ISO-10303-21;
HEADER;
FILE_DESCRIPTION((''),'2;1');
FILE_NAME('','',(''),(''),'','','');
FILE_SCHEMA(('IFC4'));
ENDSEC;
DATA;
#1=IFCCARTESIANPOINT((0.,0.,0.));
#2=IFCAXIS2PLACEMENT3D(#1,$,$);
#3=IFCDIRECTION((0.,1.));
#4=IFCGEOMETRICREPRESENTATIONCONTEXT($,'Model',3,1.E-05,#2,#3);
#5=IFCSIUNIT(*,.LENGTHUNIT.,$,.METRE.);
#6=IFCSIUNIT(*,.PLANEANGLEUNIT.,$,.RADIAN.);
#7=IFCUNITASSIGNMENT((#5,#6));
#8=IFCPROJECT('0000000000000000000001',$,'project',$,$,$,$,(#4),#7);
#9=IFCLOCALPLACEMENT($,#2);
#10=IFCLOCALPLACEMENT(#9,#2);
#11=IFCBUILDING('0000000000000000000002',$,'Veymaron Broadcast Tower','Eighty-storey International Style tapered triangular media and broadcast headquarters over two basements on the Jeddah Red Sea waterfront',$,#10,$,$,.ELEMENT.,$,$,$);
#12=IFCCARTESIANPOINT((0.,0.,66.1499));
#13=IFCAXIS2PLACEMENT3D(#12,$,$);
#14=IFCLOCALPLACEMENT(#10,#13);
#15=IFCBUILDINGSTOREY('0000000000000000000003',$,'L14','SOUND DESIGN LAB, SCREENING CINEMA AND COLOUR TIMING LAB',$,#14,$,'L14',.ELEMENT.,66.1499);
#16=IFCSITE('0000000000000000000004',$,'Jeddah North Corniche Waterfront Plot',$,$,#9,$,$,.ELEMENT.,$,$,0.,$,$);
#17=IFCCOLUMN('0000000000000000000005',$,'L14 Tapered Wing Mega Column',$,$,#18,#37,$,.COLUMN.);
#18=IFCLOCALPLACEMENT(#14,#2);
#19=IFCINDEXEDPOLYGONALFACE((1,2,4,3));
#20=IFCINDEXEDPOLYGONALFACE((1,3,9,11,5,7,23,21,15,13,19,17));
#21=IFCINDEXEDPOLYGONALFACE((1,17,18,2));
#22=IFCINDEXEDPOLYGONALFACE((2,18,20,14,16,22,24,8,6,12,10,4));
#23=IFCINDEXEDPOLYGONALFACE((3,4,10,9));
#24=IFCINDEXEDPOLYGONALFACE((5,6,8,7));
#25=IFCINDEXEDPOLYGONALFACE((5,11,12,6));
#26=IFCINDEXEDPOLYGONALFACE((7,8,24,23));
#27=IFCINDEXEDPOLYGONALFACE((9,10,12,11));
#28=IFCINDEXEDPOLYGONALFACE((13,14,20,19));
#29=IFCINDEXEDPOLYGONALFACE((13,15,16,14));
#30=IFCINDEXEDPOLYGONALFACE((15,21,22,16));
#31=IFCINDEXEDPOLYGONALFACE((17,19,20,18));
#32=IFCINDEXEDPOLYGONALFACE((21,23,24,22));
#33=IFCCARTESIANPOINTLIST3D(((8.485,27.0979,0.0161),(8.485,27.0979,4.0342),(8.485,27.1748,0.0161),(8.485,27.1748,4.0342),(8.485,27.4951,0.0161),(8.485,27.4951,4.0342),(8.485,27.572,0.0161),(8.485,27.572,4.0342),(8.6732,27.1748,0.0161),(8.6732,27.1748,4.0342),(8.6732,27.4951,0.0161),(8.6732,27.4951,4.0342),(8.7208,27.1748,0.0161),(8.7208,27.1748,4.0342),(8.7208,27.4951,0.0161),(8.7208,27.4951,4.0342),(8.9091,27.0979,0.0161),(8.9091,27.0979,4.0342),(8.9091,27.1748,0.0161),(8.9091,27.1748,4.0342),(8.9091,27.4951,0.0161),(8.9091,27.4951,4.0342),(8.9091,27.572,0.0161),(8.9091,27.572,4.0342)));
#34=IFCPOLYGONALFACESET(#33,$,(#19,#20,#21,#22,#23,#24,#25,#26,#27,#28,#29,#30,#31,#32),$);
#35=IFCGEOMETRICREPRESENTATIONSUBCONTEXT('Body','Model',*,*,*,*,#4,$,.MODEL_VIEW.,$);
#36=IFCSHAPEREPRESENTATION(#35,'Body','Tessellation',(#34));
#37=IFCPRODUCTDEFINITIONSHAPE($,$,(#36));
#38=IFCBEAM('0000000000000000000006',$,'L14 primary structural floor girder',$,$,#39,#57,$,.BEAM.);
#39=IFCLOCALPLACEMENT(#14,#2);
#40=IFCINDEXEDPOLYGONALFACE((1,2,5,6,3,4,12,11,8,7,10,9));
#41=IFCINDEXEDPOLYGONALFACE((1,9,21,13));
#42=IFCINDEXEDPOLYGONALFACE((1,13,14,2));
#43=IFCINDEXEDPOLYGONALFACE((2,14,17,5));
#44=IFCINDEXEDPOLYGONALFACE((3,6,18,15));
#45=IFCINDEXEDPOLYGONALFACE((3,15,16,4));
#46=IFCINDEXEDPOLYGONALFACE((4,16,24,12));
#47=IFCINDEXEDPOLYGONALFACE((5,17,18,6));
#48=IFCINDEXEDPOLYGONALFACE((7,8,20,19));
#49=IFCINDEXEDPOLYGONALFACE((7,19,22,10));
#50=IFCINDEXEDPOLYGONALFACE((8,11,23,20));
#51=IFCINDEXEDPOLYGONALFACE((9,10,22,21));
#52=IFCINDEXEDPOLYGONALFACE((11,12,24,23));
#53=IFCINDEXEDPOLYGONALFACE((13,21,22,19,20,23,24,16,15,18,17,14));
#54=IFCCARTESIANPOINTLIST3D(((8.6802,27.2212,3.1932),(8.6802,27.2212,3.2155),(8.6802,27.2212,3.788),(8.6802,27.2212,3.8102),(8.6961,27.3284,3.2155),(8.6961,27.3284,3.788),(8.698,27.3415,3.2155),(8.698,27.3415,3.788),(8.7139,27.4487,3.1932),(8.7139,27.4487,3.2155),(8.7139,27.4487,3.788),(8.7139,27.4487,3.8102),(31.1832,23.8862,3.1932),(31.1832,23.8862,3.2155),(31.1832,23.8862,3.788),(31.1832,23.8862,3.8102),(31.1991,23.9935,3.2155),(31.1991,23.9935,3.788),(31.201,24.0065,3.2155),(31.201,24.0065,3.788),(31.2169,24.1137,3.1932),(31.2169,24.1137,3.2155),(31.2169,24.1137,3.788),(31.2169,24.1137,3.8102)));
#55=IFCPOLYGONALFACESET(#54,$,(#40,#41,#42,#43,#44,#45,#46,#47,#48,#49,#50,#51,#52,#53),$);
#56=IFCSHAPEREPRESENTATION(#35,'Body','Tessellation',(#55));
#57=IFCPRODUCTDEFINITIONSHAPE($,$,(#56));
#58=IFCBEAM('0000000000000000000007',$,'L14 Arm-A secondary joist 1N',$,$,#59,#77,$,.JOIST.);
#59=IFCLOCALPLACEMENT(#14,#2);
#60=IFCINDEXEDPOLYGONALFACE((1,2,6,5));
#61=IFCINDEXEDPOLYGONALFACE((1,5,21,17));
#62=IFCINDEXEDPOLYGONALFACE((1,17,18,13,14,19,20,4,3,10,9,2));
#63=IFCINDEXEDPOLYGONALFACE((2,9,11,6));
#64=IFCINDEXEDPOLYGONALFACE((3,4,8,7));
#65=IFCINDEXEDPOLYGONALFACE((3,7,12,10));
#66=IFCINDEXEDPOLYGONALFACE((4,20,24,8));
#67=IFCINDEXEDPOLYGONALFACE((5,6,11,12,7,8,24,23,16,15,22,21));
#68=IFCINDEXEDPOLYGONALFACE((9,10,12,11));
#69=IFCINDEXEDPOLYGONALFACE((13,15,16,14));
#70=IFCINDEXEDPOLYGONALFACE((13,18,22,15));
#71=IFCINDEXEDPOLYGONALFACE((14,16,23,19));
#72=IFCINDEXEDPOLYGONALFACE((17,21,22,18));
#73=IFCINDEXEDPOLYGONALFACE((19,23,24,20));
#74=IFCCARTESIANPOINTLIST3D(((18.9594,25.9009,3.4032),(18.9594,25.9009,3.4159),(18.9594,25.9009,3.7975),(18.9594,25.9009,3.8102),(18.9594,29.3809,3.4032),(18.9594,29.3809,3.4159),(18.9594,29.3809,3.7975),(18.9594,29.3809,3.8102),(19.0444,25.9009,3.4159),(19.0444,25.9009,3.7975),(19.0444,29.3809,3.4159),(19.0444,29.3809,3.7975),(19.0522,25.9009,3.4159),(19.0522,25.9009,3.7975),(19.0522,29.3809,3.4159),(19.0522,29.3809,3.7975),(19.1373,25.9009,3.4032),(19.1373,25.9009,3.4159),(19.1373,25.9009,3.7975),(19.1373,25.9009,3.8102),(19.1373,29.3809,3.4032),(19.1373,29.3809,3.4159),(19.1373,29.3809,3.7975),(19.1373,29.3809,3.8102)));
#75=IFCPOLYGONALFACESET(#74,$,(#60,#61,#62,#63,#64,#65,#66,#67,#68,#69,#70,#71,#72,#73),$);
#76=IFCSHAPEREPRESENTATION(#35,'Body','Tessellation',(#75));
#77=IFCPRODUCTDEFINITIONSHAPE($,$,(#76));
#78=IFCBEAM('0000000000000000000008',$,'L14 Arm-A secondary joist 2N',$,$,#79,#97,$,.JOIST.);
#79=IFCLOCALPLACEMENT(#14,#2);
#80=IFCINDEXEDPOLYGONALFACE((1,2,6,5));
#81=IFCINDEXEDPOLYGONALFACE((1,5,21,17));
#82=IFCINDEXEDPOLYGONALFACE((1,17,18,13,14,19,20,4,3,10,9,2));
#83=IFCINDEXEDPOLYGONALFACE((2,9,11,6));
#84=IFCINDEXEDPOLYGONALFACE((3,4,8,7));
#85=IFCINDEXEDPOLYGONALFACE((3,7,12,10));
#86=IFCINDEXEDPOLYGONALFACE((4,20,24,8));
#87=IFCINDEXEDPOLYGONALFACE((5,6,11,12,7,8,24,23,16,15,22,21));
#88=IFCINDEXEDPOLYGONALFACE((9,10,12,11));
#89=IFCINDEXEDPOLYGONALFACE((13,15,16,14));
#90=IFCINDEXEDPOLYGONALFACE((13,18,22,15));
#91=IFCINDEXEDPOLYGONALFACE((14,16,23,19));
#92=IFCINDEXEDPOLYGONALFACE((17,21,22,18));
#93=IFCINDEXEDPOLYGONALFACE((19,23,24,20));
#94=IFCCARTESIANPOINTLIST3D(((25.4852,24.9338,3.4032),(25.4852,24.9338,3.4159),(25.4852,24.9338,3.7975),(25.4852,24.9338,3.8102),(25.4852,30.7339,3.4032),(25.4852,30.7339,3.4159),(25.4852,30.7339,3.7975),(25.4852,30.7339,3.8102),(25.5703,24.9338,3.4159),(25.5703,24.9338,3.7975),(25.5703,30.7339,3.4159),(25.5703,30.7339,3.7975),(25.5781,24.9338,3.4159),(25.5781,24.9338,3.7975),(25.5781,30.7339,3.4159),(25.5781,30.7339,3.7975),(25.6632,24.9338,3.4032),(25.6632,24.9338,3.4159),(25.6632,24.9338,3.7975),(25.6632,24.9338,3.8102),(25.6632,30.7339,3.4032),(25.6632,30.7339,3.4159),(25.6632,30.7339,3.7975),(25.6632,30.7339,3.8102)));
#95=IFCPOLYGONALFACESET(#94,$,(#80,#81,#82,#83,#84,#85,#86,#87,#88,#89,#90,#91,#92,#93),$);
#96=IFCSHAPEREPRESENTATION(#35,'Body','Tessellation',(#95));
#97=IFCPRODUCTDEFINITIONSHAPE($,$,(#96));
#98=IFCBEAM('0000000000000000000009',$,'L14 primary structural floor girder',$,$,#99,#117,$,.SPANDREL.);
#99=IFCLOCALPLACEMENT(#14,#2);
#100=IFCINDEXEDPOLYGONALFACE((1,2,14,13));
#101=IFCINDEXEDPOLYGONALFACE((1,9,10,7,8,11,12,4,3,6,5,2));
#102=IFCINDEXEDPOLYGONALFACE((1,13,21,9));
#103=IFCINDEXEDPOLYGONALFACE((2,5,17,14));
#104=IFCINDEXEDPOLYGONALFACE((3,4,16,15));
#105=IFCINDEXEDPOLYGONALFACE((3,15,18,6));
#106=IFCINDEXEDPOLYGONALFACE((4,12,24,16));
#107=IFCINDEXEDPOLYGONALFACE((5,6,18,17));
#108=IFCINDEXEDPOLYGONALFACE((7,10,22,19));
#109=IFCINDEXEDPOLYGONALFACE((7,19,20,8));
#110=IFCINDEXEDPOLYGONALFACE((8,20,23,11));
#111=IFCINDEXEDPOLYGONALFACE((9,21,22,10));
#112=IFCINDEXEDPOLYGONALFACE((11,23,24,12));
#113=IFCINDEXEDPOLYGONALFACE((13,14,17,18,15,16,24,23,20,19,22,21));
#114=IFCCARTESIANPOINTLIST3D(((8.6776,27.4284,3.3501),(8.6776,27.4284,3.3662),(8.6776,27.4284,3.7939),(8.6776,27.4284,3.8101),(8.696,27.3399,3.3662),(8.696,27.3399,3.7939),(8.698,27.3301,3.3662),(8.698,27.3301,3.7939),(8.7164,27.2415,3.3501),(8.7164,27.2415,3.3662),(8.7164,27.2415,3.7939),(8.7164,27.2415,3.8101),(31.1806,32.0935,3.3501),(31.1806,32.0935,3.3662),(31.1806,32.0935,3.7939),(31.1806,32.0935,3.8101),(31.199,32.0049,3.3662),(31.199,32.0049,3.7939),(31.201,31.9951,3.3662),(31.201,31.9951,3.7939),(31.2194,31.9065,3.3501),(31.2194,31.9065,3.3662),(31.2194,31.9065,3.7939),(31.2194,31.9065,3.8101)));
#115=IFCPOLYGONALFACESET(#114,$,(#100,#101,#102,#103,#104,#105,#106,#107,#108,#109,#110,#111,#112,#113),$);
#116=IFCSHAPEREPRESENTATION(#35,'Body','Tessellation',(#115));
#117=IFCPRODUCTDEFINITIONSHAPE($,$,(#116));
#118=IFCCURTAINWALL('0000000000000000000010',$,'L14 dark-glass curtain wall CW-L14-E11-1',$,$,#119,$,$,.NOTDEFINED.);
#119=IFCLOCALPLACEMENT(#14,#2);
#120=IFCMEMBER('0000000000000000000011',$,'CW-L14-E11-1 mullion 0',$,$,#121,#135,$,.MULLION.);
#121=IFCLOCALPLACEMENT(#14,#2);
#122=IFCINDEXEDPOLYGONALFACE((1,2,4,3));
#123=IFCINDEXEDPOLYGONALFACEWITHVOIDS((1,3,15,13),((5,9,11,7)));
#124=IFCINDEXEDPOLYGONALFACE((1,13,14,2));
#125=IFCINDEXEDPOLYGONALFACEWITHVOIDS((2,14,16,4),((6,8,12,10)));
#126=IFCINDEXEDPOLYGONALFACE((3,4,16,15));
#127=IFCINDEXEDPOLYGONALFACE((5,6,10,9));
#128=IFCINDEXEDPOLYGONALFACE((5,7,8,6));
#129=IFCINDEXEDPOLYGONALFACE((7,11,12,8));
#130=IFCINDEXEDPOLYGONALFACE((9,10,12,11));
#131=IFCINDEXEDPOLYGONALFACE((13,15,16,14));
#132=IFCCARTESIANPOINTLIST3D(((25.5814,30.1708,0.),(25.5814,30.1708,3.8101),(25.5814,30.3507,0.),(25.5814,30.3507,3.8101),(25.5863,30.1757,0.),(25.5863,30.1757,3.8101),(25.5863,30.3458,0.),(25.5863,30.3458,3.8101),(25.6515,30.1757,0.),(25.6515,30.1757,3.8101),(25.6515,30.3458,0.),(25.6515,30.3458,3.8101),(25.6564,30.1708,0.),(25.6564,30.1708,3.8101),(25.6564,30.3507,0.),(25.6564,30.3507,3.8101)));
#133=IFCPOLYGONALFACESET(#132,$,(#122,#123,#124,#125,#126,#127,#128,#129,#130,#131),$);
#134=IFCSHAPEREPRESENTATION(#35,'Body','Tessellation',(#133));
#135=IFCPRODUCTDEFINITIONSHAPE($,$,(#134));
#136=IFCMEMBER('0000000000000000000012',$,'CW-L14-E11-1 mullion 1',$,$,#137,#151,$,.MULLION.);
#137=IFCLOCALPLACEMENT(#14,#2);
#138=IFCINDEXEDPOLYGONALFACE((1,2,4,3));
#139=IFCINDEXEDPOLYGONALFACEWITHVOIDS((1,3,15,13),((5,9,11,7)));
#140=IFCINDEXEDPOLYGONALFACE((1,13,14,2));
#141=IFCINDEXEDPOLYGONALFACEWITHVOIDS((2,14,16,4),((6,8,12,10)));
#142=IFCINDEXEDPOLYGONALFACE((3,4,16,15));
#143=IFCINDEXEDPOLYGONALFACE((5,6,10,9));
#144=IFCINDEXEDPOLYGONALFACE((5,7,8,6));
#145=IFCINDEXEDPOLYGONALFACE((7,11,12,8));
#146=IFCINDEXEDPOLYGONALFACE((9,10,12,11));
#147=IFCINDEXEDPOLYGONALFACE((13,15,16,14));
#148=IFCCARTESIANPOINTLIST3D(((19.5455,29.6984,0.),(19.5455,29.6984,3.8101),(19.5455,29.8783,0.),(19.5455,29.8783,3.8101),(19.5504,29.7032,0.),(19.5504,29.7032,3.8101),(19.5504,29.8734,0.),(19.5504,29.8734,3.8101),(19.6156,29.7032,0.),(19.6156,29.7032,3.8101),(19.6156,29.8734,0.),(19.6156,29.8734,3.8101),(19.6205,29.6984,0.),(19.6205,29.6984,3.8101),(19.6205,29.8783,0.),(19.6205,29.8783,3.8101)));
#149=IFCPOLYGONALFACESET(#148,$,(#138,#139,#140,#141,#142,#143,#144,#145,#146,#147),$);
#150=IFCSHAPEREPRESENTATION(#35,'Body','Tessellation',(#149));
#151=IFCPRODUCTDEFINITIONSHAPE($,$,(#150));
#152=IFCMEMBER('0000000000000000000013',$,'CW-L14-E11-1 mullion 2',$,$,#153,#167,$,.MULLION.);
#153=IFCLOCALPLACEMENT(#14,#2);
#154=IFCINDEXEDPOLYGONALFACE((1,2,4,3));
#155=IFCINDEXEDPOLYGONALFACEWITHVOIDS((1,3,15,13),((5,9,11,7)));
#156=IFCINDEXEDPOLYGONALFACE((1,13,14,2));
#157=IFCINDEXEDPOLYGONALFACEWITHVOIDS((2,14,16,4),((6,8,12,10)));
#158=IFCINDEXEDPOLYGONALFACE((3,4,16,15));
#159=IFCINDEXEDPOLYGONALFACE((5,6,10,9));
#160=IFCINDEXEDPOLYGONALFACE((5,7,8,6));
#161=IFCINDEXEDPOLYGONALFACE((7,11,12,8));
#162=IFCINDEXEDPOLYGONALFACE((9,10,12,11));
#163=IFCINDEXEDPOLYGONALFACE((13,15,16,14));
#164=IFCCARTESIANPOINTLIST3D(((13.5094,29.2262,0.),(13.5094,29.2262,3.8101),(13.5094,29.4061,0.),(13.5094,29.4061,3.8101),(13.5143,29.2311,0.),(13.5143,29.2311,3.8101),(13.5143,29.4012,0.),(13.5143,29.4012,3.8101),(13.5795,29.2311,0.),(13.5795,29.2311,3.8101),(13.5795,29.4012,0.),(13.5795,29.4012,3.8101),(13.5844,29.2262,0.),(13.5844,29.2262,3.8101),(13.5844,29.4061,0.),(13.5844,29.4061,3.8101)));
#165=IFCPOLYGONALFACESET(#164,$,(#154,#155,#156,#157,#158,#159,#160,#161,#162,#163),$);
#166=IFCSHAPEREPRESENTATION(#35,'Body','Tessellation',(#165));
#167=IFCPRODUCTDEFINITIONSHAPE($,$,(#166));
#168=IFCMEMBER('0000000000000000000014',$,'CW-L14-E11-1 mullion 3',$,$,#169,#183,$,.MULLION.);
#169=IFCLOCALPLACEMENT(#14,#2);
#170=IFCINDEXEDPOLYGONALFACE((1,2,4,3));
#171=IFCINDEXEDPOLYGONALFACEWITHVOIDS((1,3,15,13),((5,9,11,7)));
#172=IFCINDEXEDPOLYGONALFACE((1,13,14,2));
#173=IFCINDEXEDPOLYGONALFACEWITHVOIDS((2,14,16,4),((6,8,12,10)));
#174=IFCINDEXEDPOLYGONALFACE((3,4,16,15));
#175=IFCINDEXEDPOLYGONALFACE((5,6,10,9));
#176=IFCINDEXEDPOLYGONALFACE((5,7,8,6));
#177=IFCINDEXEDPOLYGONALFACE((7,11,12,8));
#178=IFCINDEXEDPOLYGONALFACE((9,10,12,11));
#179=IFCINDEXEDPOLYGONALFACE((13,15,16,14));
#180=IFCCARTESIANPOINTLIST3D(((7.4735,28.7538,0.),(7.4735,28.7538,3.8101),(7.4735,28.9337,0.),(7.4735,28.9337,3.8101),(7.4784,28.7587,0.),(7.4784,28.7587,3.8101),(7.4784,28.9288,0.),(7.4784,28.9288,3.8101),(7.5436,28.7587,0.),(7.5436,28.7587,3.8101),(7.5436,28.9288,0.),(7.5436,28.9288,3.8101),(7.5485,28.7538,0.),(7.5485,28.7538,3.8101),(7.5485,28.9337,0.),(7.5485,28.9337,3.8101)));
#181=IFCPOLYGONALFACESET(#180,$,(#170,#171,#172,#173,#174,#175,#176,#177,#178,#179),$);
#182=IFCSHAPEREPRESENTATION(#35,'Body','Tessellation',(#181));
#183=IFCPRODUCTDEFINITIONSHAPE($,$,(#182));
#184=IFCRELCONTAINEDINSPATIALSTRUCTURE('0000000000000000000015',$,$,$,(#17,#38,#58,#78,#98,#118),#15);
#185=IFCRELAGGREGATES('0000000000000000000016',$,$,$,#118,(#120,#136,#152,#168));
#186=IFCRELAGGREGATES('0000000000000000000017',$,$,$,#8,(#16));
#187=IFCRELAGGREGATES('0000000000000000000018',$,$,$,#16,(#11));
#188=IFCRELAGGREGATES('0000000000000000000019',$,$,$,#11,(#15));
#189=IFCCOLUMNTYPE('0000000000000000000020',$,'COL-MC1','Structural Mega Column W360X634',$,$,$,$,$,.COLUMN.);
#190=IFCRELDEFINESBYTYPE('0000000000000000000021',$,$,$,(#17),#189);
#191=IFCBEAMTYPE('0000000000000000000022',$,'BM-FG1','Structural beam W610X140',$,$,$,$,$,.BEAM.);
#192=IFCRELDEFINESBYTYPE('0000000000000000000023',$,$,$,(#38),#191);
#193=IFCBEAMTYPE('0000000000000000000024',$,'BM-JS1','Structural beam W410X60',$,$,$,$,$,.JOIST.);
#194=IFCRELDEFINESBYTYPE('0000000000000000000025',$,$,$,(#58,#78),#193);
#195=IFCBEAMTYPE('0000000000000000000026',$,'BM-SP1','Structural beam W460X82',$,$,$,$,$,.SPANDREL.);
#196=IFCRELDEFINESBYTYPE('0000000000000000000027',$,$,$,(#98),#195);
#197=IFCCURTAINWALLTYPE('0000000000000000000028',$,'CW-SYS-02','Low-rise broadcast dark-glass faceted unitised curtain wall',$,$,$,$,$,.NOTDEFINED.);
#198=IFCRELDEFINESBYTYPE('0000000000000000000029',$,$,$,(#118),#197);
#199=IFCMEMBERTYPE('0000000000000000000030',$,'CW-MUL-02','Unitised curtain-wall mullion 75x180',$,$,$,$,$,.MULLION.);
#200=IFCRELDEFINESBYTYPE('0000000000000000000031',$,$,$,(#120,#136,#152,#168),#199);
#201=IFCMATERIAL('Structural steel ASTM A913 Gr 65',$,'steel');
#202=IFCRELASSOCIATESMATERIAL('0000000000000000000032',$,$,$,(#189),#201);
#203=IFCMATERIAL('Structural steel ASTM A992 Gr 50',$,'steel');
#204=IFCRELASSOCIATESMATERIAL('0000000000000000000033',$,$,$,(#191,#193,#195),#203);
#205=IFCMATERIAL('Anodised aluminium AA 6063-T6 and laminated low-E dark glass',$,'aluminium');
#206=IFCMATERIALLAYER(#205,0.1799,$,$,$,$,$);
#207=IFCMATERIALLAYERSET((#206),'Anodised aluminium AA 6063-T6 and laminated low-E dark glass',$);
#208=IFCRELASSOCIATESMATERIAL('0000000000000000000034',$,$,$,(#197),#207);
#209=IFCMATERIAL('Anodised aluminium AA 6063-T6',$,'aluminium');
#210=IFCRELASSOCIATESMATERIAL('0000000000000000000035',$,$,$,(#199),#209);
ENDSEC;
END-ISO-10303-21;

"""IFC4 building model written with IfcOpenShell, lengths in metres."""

from ifc_helpers import new_model, si_unit, direction, frame, origin, origin_2d, place, context, subcontext, project, spatial, hollow_rectangle, i_section, extrude, material, layer, layer_set, material_profile, profile_set, type_object, element, aggregate, save


model = new_model("IFC4")

# Units and contexts
model_context = context("Model", 3, precision=1e-05, world=origin(), true_north=direction((0.0, 1.0)))
body_context = subcontext(model_context, "Body", "Model", "MODEL_VIEW")
ifc_project = project(units=[si_unit("LENGTHUNIT", "METRE"), si_unit("PLANEANGLEUNIT", "RADIAN")], contexts=[model_context])

# Site, building, storey
site_placement = place(None, origin())
site = spatial("IfcSite", under=ifc_project, at=site_placement, Name="Jeddah North Corniche Waterfront Plot", CompositionType="ELEMENT", RefElevation=0.0)
building_placement = place(site_placement, origin())
building = spatial("IfcBuilding", under=site, at=building_placement, Name="Veymaron Broadcast Tower", Description="Eighty-storey International Style tapered triangular media and broadcast headquarters over two basements on the Jeddah Red Sea waterfront", CompositionType="ELEMENT")
storey_placement = place(building_placement, frame((0.0, 0.0, 66.1499)))
storey = spatial("IfcBuildingStorey", under=building, at=storey_placement, Name="L14", Description="SOUND DESIGN LAB, SCREENING CINEMA AND COLOUR TIMING LAB", LongName="L14", CompositionType="ELEMENT", Elevation=66.1499)

# Column
ifc_material_1 = material(Name="Structural steel ASTM A913 Gr 65", Category="steel")
ifc_material_profile_1 = material_profile(ifc_material_1, i_section(OverallWidth=0.4241, OverallDepth=0.4741, WebThickness=0.0476, FlangeThickness=0.0769, at=origin_2d()), Name="W360X634")
ifc_profile_set_1 = profile_set([ifc_material_profile_1], Name="Structural steel ASTM A913 Gr 65")
column_type = type_object("IfcColumnType", Name="COL-MC1", Description="Structural Mega Column W360X634", PredefinedType="COLUMN", material=ifc_profile_set_1)
column_placement = place(storey_placement, frame((8.697, 27.335, 0.0161), z_axis=(0.0, 0.0, 1.0), x_axis=(1.0, 0.0, 0.0)))
element("IfcColumn", 1, at=column_placement, inside=storey, type_object=column_type, Name="L14 Tapered Wing Mega Column", PredefinedType="COLUMN", context=body_context, shape_type="SweptSolid", body=[
    extrude(i_section(OverallWidth=0.4241, OverallDepth=0.4741, WebThickness=0.0476, FlangeThickness=0.0769, at=origin_2d()), origin(), (0.0, 0.0, 1.0), 4.0181),
])

# Beams
ifc_material_2 = material(Name="Structural steel ASTM A992 Gr 50", Category="steel")
ifc_material_profile_2 = material_profile(ifc_material_2, i_section(OverallWidth=0.23, OverallDepth=0.6169, WebThickness=0.0132, FlangeThickness=0.0222, at=origin_2d()), Name="W610X140")
ifc_profile_set_2 = profile_set([ifc_material_profile_2], Name="Structural steel ASTM A992 Gr 50")
beam_type_1 = type_object("IfcBeamType", Name="BM-FG1", Description="Structural beam W610X140", PredefinedType="BEAM", material=ifc_profile_set_2)
beam_1_placement = place(storey_placement, frame((8.697, 27.335, 3.5017), z_axis=(0.989196, -0.1466, 0.0), x_axis=(0.1466, 0.989196, 0.0)))
element("IfcBeam", 2, at=beam_1_placement, inside=storey, type_object=beam_type_1, Name="L14 primary structural floor girder", PredefinedType="BEAM", context=body_context, shape_type="SweptSolid", body=[
    extrude(i_section(OverallWidth=0.23, OverallDepth=0.6169, WebThickness=0.0132, FlangeThickness=0.0222, at=origin_2d()), origin(), (0.0, 0.0, 1.0), 22.7488),
])
ifc_material_profile_3 = material_profile(ifc_material_2, i_section(OverallWidth=0.178, OverallDepth=0.407, WebThickness=0.0078, FlangeThickness=0.0127, at=origin_2d()), Name="W410X60")
ifc_profile_set_3 = profile_set([ifc_material_profile_3], Name="Structural steel ASTM A992 Gr 50")
beam_type_2 = type_object("IfcBeamType", Name="BM-JS1", Description="Structural beam W410X60", PredefinedType="JOIST", material=ifc_profile_set_3)
beam_2_placement = place(storey_placement, frame((19.0483, 25.9009, 3.6067), z_axis=(0.0, 1.0, 0.0), x_axis=(-1.0, 0.0, 0.0)))
element("IfcBeam", 3, at=beam_2_placement, inside=storey, type_object=beam_type_2, Name="L14 Arm-A secondary joist 1N", PredefinedType="JOIST", context=body_context, shape_type="SweptSolid", body=[
    extrude(i_section(OverallWidth=0.178, OverallDepth=0.407, WebThickness=0.0078, FlangeThickness=0.0127, at=origin_2d()), origin(), (0.0, 0.0, 1.0), 3.48),
])
beam_3_placement = place(storey_placement, frame((25.5742, 24.9338, 3.6067), z_axis=(0.0, 1.0, 0.0), x_axis=(-1.0, 0.0, 0.0)))
element("IfcBeam", 4, at=beam_3_placement, inside=storey, type_object=beam_type_2, Name="L14 Arm-A secondary joist 2N", PredefinedType="JOIST", context=body_context, shape_type="SweptSolid", body=[
    extrude(i_section(OverallWidth=0.178, OverallDepth=0.407, WebThickness=0.0078, FlangeThickness=0.0127, at=origin_2d()), origin(), (0.0, 0.0, 1.0), 5.8),
])
ifc_material_profile_4 = material_profile(ifc_material_2, i_section(OverallWidth=0.1909, OverallDepth=0.46, WebThickness=0.01, FlangeThickness=0.0161, at=origin_2d()), Name="W460X82")
ifc_profile_set_4 = profile_set([ifc_material_profile_4], Name="Structural steel ASTM A992 Gr 50")
beam_type_3 = type_object("IfcBeamType", Name="BM-SP1", Description="Structural beam W460X82", PredefinedType="SPANDREL", material=ifc_profile_set_4)
beam_4_placement = place(storey_placement, frame((8.697, 27.335, 3.5801), z_axis=(0.97918, 0.202992, 0.0), x_axis=(-0.202992, 0.97918, 0.0)))
element("IfcBeam", 5, at=beam_4_placement, inside=storey, type_object=beam_type_3, Name="L14 primary structural floor girder", PredefinedType="SPANDREL", context=body_context, shape_type="SweptSolid", body=[
    extrude(i_section(OverallWidth=0.1909, OverallDepth=0.46, WebThickness=0.01, FlangeThickness=0.0161, at=origin_2d()), origin(), (0.0, 0.0, 1.0), 22.9814),
])

# Curtain wall, members
ifc_material_3 = material(Name="Anodised aluminium AA 6063-T6 and laminated low-E dark glass", Category="aluminium")
ifc_layer_1 = layer(ifc_material_3, 0.1799)
ifc_layer_set_1 = layer_set([ifc_layer_1], Name="Anodised aluminium AA 6063-T6 and laminated low-E dark glass")
curtain_wall_type = type_object("IfcCurtainWallType", Name="CW-SYS-02", Description="Low-rise broadcast dark-glass faceted unitised curtain wall", PredefinedType="NOTDEFINED", material=ifc_layer_set_1)
curtain_wall_placement = place(storey_placement, origin())
curtain_wall = element("IfcCurtainWall", 6, at=curtain_wall_placement, inside=storey, type_object=curtain_wall_type, Name="L14 dark-glass curtain wall CW-L14-E11-1", PredefinedType="NOTDEFINED")
ifc_material_4 = material(Name="Anodised aluminium AA 6063-T6", Category="aluminium")
ifc_material_profile_5 = material_profile(ifc_material_4, hollow_rectangle(XDim=0.075, YDim=0.1799, WallThickness=0.0049, at=origin_2d()), Name="AL180X75X5")
ifc_profile_set_5 = profile_set([ifc_material_profile_5], Name="Anodised aluminium AA 6063-T6")
member_type_1 = type_object("IfcMemberType", Name="CW-MUL-02", Description="Unitised curtain-wall mullion 75x180", PredefinedType="MULLION", material=ifc_profile_set_5)
member_1_placement = place(storey_placement, frame((25.6189, 30.2607, 0.0), z_axis=(0.0, 0.0, 1.0), x_axis=(1.0, 0.0, 0.0)))
member_1 = element("IfcMember", 7, at=member_1_placement, type_object=member_type_1, Name="CW-L14-E11-1 mullion 0", PredefinedType="MULLION", context=body_context, shape_type="SweptSolid", body=[
    extrude(hollow_rectangle(XDim=0.075, YDim=0.1799, WallThickness=0.0049, at=origin_2d()), origin(), (0.0, 0.0, 1.0), 3.8101),
])
member_2_placement = place(storey_placement, frame((19.583, 29.7883, 0.0), z_axis=(0.0, 0.0, 1.0), x_axis=(1.0, 0.0, 0.0)))
member_2 = element("IfcMember", 8, at=member_2_placement, type_object=member_type_1, Name="CW-L14-E11-1 mullion 1", PredefinedType="MULLION", context=body_context, shape_type="SweptSolid", body=[
    extrude(hollow_rectangle(XDim=0.075, YDim=0.1799, WallThickness=0.0049, at=origin_2d()), origin(), (0.0, 0.0, 1.0), 3.8101),
])
member_3_placement = place(storey_placement, frame((13.5469, 29.3162, 0.0), z_axis=(0.0, 0.0, 1.0), x_axis=(1.0, 0.0, 0.0)))
member_3 = element("IfcMember", 9, at=member_3_placement, type_object=member_type_1, Name="CW-L14-E11-1 mullion 2", PredefinedType="MULLION", context=body_context, shape_type="SweptSolid", body=[
    extrude(hollow_rectangle(XDim=0.075, YDim=0.1799, WallThickness=0.0049, at=origin_2d()), origin(), (0.0, 0.0, 1.0), 3.8101),
])
member_4_placement = place(storey_placement, frame((7.511, 28.8438, 0.0), z_axis=(0.0, 0.0, 1.0), x_axis=(1.0, 0.0, 0.0)))
member_4 = element("IfcMember", 10, at=member_4_placement, type_object=member_type_1, Name="CW-L14-E11-1 mullion 3", PredefinedType="MULLION", context=body_context, shape_type="SweptSolid", body=[
    extrude(hollow_rectangle(XDim=0.075, YDim=0.1799, WallThickness=0.0049, at=origin_2d()), origin(), (0.0, 0.0, 1.0), 3.8101),
])
aggregate(curtain_wall, [member_1, member_2, member_3, member_4])

save(model, "model.ifc")
